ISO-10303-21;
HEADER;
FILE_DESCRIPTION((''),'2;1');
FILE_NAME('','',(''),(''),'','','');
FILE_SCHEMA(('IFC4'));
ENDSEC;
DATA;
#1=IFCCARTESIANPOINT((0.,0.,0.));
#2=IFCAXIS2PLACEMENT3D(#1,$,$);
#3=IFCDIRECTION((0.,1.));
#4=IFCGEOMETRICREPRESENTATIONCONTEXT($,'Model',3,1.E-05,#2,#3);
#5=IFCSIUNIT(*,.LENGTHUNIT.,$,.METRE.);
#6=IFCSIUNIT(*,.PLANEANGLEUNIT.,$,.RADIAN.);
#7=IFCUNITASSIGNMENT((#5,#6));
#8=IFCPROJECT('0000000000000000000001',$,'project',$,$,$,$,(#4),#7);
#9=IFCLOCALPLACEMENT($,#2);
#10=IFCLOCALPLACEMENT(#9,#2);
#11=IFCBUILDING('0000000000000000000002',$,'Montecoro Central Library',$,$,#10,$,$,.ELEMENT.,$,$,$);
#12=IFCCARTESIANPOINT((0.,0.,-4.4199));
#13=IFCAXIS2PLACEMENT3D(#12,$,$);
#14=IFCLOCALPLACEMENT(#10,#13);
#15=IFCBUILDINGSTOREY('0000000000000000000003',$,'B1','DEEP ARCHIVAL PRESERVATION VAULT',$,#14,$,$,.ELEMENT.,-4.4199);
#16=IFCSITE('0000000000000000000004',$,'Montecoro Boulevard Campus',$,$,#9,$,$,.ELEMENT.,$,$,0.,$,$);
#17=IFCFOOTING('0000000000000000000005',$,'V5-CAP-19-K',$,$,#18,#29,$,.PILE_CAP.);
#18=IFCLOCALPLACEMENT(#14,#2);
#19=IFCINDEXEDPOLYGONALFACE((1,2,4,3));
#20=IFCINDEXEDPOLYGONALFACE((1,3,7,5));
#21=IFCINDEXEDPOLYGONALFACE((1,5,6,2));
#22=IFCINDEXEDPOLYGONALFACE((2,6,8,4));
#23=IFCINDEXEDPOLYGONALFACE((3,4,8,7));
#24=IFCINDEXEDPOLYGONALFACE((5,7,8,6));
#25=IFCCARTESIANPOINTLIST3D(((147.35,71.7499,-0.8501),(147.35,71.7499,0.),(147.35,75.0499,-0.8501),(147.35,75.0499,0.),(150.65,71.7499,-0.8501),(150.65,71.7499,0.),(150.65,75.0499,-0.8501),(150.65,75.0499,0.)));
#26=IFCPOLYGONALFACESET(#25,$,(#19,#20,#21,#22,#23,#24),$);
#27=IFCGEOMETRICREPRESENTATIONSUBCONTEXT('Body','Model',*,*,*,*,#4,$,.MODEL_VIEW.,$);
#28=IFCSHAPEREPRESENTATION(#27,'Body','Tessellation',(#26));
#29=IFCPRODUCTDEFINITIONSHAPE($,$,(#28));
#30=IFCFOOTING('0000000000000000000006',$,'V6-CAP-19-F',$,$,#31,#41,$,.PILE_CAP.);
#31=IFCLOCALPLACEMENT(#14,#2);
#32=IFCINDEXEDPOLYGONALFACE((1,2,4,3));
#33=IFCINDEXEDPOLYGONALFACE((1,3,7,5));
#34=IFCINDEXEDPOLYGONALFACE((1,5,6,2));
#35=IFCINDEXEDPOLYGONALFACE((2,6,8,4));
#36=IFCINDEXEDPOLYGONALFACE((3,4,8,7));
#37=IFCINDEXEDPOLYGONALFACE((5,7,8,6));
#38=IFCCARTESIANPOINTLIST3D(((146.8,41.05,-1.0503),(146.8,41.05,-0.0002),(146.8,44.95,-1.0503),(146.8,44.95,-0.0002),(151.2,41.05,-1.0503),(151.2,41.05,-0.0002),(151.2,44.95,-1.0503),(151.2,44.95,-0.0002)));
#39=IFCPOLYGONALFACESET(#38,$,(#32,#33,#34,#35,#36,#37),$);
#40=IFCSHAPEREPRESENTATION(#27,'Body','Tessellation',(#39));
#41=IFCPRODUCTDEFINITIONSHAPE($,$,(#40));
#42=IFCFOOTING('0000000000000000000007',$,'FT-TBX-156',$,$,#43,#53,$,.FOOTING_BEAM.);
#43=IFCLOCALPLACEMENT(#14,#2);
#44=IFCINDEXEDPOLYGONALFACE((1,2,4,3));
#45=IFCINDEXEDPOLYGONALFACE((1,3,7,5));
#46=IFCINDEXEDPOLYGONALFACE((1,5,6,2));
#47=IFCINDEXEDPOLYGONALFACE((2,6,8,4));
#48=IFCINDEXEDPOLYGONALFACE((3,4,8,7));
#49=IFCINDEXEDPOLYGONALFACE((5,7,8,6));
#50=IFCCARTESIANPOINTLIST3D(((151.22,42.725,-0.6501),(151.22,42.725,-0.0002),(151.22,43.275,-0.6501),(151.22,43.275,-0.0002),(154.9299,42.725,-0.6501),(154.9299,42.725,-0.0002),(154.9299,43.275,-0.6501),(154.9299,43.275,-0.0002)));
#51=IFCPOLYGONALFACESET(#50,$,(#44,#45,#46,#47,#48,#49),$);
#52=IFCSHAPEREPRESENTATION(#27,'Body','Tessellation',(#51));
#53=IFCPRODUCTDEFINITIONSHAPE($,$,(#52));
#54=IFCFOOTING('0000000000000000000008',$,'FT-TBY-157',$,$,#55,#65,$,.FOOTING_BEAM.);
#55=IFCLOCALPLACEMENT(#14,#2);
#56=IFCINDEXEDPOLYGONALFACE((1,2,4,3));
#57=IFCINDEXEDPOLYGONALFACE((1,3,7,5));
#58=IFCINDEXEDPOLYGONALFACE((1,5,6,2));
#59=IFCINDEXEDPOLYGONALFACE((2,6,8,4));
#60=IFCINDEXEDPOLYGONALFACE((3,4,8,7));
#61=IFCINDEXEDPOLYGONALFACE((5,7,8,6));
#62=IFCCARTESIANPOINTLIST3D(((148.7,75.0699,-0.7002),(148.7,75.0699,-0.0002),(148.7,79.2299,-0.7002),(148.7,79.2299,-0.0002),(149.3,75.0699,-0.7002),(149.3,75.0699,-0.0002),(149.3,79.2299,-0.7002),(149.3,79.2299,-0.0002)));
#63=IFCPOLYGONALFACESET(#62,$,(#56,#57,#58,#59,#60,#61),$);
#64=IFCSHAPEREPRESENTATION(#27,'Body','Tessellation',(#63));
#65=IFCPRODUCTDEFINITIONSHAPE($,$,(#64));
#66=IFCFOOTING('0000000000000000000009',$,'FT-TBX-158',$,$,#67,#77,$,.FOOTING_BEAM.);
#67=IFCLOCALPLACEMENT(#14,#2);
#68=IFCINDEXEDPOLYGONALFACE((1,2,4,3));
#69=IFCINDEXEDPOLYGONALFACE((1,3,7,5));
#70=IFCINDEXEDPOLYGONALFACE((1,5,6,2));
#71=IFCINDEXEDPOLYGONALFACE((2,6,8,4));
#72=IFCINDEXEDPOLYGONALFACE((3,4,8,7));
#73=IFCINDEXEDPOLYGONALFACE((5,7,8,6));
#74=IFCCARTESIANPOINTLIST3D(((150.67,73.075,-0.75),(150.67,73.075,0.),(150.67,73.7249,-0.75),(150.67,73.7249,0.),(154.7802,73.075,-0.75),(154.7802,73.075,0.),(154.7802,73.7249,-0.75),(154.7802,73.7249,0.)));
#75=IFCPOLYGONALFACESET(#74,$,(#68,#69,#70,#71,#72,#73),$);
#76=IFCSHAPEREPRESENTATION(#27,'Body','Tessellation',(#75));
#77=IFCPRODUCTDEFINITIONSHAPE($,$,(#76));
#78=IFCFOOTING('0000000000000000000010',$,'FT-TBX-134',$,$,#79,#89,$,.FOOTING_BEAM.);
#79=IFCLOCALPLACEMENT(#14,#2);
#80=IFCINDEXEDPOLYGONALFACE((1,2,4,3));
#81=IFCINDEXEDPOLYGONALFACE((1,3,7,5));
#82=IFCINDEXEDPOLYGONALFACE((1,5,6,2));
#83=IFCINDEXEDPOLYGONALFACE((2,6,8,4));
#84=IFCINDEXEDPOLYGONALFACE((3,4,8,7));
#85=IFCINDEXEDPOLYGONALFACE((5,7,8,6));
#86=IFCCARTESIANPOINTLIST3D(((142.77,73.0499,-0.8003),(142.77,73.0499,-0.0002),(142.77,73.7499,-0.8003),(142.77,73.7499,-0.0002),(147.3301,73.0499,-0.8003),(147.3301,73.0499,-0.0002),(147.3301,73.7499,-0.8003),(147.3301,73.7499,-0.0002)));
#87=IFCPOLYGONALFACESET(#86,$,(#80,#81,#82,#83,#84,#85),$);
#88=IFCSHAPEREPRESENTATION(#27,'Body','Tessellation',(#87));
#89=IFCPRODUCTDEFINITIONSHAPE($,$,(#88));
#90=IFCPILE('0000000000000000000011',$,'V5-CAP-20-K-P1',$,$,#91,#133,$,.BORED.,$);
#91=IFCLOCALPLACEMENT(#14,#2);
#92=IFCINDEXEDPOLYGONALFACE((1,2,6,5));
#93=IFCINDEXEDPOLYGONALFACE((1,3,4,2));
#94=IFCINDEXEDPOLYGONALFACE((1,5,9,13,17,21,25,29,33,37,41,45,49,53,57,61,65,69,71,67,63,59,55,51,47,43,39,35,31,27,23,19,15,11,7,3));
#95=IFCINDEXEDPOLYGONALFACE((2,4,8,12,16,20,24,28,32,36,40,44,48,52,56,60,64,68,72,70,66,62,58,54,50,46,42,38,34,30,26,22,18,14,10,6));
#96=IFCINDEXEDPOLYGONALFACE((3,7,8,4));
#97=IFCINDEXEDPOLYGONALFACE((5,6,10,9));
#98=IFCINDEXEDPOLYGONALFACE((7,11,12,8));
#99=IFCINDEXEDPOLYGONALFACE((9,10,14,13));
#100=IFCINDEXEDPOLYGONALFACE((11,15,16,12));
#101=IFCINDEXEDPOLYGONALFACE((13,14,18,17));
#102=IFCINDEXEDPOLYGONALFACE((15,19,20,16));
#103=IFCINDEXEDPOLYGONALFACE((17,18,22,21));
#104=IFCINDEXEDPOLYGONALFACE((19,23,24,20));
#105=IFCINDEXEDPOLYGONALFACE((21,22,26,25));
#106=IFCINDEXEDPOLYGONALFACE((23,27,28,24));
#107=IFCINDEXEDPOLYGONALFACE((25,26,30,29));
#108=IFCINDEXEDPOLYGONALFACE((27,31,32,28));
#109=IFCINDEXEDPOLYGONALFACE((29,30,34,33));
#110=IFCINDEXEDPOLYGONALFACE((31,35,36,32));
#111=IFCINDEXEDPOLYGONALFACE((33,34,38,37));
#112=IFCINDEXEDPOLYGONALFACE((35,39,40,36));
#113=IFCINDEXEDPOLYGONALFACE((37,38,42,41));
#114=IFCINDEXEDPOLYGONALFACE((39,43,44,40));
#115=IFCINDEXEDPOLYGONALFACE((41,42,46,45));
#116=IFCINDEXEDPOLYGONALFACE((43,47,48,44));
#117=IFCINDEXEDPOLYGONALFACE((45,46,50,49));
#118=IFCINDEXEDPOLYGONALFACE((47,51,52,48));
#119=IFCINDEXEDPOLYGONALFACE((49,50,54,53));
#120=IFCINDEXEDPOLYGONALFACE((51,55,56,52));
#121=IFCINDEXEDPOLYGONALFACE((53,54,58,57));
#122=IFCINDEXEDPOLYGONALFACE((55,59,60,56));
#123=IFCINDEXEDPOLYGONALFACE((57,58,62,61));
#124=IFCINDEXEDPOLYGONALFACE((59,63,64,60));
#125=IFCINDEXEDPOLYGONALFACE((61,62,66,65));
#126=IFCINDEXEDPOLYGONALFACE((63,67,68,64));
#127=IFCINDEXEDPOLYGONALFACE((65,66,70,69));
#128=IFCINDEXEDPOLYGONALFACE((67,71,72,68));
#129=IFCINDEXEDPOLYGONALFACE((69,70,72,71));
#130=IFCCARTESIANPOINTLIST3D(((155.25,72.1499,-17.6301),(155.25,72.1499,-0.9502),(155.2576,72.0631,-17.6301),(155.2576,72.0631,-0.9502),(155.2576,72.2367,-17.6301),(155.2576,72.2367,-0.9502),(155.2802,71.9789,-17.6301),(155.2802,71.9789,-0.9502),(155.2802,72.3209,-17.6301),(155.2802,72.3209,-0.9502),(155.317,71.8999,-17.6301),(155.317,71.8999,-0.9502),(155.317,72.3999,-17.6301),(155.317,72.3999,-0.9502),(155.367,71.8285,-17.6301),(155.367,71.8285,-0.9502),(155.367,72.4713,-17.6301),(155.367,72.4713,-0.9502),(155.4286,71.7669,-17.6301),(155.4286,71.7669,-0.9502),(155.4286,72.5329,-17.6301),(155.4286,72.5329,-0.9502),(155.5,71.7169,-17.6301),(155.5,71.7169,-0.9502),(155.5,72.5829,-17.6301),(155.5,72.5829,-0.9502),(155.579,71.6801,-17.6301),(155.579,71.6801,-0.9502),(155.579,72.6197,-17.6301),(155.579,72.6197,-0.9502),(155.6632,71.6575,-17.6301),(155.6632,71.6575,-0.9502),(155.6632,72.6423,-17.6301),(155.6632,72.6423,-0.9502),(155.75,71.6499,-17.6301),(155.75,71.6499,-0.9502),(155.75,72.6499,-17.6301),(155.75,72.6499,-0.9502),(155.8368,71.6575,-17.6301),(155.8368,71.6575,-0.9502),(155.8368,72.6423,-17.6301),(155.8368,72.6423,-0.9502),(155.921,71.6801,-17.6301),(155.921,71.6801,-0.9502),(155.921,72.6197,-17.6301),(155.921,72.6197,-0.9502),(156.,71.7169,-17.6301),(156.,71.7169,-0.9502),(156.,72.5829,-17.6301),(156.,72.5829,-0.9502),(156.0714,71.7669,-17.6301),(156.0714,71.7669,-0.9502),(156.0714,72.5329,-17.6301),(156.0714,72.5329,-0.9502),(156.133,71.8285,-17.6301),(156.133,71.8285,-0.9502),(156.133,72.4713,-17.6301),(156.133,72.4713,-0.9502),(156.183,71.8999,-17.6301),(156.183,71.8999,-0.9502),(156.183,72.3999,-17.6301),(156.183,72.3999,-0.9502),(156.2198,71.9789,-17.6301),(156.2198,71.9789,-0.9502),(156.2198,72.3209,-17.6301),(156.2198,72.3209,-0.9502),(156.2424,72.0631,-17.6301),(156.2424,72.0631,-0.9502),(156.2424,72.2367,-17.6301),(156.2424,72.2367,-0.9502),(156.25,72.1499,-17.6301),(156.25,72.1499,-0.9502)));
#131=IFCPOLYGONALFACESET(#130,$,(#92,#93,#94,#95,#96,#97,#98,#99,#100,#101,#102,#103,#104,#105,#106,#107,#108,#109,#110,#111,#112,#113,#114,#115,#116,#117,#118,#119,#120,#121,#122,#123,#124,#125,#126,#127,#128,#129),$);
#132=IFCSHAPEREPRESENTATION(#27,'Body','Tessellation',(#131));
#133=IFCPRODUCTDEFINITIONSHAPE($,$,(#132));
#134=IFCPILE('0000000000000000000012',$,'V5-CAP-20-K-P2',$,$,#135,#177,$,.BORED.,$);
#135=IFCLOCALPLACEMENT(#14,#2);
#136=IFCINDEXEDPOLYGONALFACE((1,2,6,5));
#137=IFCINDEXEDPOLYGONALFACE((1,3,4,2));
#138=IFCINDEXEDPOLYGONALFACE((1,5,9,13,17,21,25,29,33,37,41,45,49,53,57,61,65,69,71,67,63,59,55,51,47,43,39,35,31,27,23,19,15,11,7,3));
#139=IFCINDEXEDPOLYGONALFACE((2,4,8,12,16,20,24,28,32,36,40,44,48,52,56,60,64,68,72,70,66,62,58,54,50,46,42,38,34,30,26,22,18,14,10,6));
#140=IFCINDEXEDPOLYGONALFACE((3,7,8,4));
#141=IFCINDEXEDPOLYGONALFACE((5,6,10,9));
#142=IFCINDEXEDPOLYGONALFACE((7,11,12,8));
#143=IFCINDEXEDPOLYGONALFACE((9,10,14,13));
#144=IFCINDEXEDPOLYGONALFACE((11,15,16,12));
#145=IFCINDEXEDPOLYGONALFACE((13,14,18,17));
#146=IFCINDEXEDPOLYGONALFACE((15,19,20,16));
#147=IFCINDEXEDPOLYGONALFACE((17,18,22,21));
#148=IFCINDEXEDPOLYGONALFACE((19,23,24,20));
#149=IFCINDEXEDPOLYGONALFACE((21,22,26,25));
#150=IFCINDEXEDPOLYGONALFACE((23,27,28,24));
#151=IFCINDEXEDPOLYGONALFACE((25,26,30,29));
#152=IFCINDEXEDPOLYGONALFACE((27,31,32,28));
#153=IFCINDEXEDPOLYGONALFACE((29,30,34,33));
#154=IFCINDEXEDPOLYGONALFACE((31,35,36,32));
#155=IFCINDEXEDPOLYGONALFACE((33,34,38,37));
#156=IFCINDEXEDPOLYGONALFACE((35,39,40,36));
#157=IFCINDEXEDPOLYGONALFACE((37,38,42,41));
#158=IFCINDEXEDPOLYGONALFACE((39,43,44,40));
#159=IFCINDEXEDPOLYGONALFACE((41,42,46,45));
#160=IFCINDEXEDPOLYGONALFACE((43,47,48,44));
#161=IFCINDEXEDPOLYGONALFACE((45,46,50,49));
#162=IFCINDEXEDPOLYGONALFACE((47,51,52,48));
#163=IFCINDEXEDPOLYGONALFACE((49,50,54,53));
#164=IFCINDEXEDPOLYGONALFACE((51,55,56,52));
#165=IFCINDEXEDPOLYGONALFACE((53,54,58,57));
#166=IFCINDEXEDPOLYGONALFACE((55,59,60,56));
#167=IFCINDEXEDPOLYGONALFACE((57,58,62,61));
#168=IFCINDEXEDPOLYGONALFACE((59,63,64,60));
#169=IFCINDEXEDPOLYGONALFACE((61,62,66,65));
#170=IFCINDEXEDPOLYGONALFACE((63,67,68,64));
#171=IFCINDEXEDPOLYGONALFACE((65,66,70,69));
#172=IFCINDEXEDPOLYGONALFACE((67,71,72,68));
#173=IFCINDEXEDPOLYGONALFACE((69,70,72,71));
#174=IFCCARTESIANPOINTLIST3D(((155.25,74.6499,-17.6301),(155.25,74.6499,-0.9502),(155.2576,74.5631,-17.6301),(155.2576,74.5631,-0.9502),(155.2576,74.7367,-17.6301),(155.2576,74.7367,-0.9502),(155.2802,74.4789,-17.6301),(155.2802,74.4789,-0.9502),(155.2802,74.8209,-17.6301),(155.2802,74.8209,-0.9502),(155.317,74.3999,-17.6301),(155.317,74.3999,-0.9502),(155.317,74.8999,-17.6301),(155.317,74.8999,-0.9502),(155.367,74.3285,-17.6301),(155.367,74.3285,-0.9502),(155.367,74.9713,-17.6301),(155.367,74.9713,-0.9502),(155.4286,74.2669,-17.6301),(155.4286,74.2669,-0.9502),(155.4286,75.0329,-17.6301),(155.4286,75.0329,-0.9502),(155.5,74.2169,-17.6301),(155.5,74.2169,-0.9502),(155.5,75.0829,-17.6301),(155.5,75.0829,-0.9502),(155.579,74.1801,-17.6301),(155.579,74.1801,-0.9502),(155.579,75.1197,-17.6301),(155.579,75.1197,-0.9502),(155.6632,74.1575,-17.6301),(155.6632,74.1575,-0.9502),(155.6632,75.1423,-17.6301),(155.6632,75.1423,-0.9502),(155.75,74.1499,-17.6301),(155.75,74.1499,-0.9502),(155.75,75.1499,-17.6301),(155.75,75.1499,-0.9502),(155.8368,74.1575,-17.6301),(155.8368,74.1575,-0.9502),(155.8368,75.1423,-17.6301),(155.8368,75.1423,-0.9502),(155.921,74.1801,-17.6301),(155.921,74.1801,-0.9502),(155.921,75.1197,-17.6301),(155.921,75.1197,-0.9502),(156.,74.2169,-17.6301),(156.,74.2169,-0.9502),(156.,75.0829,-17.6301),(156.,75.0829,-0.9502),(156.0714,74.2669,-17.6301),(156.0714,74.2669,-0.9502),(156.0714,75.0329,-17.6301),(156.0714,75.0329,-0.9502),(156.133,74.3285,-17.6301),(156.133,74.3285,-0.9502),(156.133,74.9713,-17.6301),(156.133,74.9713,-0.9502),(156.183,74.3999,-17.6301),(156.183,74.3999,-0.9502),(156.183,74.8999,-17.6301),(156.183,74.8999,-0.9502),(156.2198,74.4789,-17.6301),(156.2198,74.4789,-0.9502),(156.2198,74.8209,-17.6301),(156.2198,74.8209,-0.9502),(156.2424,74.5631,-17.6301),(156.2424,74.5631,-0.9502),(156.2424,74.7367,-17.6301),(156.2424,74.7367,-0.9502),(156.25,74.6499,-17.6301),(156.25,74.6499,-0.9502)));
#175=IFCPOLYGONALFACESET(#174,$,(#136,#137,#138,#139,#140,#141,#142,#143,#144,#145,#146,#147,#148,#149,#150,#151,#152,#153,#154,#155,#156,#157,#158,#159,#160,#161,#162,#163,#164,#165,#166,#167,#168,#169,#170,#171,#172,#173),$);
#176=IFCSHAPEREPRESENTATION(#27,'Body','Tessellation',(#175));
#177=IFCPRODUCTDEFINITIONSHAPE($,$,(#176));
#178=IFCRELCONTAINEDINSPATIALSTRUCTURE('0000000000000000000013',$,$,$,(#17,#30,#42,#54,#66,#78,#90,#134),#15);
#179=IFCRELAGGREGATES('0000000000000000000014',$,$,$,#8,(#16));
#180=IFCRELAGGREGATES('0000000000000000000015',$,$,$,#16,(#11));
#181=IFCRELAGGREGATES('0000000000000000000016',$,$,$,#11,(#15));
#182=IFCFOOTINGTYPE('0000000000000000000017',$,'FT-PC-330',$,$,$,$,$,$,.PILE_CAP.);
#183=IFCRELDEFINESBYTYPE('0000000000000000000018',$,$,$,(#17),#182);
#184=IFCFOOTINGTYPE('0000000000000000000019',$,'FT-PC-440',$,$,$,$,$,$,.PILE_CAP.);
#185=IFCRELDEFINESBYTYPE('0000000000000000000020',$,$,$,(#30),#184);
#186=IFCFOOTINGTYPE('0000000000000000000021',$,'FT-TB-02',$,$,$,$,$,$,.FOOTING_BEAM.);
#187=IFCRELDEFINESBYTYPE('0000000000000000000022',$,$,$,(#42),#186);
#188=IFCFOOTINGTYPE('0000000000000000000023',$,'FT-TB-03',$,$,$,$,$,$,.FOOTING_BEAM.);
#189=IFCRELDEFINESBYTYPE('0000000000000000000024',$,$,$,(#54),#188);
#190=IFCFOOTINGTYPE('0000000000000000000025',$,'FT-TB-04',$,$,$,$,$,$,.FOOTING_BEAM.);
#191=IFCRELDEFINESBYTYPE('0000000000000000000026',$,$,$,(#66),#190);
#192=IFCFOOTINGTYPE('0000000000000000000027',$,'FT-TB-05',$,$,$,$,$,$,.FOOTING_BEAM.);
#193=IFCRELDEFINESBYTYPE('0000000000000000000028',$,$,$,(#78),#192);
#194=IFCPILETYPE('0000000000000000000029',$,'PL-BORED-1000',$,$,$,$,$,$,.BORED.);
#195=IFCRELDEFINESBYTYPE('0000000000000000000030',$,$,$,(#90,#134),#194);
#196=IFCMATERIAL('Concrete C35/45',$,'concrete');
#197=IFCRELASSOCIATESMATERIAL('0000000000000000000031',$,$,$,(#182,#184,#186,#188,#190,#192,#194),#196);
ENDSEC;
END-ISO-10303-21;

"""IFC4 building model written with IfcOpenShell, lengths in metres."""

from ifc_helpers import new_model, si_unit, direction, frame, origin, origin_2d, place, context, subcontext, project, spatial, rectangle, circle, extrude, material, material_profile, profile_set, type_object, element, save


model = new_model("IFC4")

# Units and contexts
model_context = context("Model", 3, precision=1e-05, world=origin(), true_north=direction((0.0, 1.0)))
body_context = subcontext(model_context, "Body", "Model", "MODEL_VIEW")
ifc_project = project(units=[si_unit("LENGTHUNIT", "METRE"), si_unit("PLANEANGLEUNIT", "RADIAN")], contexts=[model_context])

# Site, building, storey
site_placement = place(None, origin())
site = spatial("IfcSite", under=ifc_project, at=site_placement, Name="Montecoro Boulevard Campus", CompositionType="ELEMENT", RefElevation=0.0)
building_placement = place(site_placement, origin())
building = spatial("IfcBuilding", under=site, at=building_placement, Name="Montecoro Central Library", CompositionType="ELEMENT")
storey_placement = place(building_placement, frame((0.0, 0.0, -4.4199)))
storey = spatial("IfcBuildingStorey", under=building, at=storey_placement, Name="B1", Description="DEEP ARCHIVAL PRESERVATION VAULT", CompositionType="ELEMENT", Elevation=-4.4199)

# Footings
ifc_material_1 = material(Name="Concrete C35/45", Category="concrete")
footing_type_1 = type_object("IfcFootingType", Name="FT-PC-330", PredefinedType="PILE_CAP", material=ifc_material_1)
footing_1_placement = place(storey_placement, frame((149.0, 73.3999, -0.8501), z_axis=(0.0, 0.0, 1.0), x_axis=(1.0, 0.0, 0.0)))
element("IfcFooting", 1, at=footing_1_placement, inside=storey, type_object=footing_type_1, Name="V5-CAP-19-K", PredefinedType="PILE_CAP", context=body_context, shape_type="SweptSolid", body=[
    extrude(rectangle(XDim=3.3, YDim=3.3, at=origin_2d()), origin(), (0.0, 0.0, 1.0), 0.8501),
])
footing_type_2 = type_object("IfcFootingType", Name="FT-PC-440", PredefinedType="PILE_CAP", material=ifc_material_1)
footing_2_placement = place(storey_placement, frame((149.0, 43.0, -1.0503), z_axis=(0.0, 0.0, 1.0), x_axis=(1.0, 0.0, 0.0)))
element("IfcFooting", 2, at=footing_2_placement, inside=storey, type_object=footing_type_2, Name="V6-CAP-19-F", PredefinedType="PILE_CAP", context=body_context, shape_type="SweptSolid", body=[
    extrude(rectangle(XDim=4.3999, YDim=3.8999, at=origin_2d()), origin(), (0.0, 0.0, 1.0), 1.05),
])
footing_type_3 = type_object("IfcFootingType", Name="FT-TB-02", PredefinedType="FOOTING_BEAM", material=ifc_material_1)
footing_3_placement = place(storey_placement, frame((153.075, 43.0, -0.6501), z_axis=(0.0, 0.0, 1.0), x_axis=(1.0, 0.0, 0.0)))
element("IfcFooting", 3, at=footing_3_placement, inside=storey, type_object=footing_type_3, Name="FT-TBX-156", PredefinedType="FOOTING_BEAM", context=body_context, shape_type="SweptSolid", body=[
    extrude(rectangle(XDim=3.71, YDim=0.55, at=origin_2d()), origin(), (0.0, 0.0, 1.0), 0.6499),
])
footing_type_4 = type_object("IfcFootingType", Name="FT-TB-03", PredefinedType="FOOTING_BEAM", material=ifc_material_1)
footing_4_placement = place(storey_placement, frame((149.0, 77.1499, -0.7002), z_axis=(0.0, 0.0, 1.0), x_axis=(1.0, 0.0, 0.0)))
element("IfcFooting", 4, at=footing_4_placement, inside=storey, type_object=footing_type_4, Name="FT-TBY-157", PredefinedType="FOOTING_BEAM", context=body_context, shape_type="SweptSolid", body=[
    extrude(rectangle(XDim=0.6001, YDim=4.1599, at=origin_2d()), origin(), (0.0, 0.0, 1.0), 0.7),
])
footing_type_5 = type_object("IfcFootingType", Name="FT-TB-04", PredefinedType="FOOTING_BEAM", material=ifc_material_1)
footing_5_placement = place(storey_placement, frame((152.7251, 73.3999, -0.75), z_axis=(0.0, 0.0, 1.0), x_axis=(1.0, 0.0, 0.0)))
element("IfcFooting", 5, at=footing_5_placement, inside=storey, type_object=footing_type_5, Name="FT-TBX-158", PredefinedType="FOOTING_BEAM", context=body_context, shape_type="SweptSolid", body=[
    extrude(rectangle(XDim=4.1101, YDim=0.6499, at=origin_2d()), origin(), (0.0, 0.0, 1.0), 0.75),
])
footing_type_6 = type_object("IfcFootingType", Name="FT-TB-05", PredefinedType="FOOTING_BEAM", material=ifc_material_1)
footing_6_placement = place(storey_placement, frame((145.05, 73.3999, -0.8003), z_axis=(0.0, 0.0, 1.0), x_axis=(1.0, 0.0, 0.0)))
element("IfcFooting", 6, at=footing_6_placement, inside=storey, type_object=footing_type_6, Name="FT-TBX-134", PredefinedType="FOOTING_BEAM", context=body_context, shape_type="SweptSolid", body=[
    extrude(rectangle(XDim=4.5601, YDim=0.7, at=origin_2d()), origin(), (0.0, 0.0, 1.0), 0.8),
])

# Piles
ifc_material_profile_1 = material_profile(ifc_material_1, circle(Radius=0.5, at=origin_2d()), Name="PILE D1000")
ifc_profile_set_1 = profile_set([ifc_material_profile_1], Name="Concrete C35/45")
pile_type_1 = type_object("IfcPileType", Name="PL-BORED-1000", PredefinedType="BORED", material=ifc_profile_set_1)
for number, where, z_axis, x_axis, name in (
    (7, (155.75, 72.1499, -0.9502), (0.0, 0.0, -1.0), (1.0, 0.0, 0.0), "V5-CAP-20-K-P1"),
    (8, (155.75, 74.6499, -0.9502), (0.0, 0.0, -1.0), (1.0, 0.0, 0.0), "V5-CAP-20-K-P2"),
):
    element("IfcPile", number, at=place(storey_placement, frame(where, z_axis=z_axis, x_axis=x_axis)), inside=storey, type_object=pile_type_1, Name=name, PredefinedType="BORED", context=body_context, shape_type="SweptSolid", body=[
        extrude(circle(Radius=0.5, at=origin_2d()), origin(), (0.0, 0.0, 1.0), 16.6799),
    ])

save(model, "model.ifc")
